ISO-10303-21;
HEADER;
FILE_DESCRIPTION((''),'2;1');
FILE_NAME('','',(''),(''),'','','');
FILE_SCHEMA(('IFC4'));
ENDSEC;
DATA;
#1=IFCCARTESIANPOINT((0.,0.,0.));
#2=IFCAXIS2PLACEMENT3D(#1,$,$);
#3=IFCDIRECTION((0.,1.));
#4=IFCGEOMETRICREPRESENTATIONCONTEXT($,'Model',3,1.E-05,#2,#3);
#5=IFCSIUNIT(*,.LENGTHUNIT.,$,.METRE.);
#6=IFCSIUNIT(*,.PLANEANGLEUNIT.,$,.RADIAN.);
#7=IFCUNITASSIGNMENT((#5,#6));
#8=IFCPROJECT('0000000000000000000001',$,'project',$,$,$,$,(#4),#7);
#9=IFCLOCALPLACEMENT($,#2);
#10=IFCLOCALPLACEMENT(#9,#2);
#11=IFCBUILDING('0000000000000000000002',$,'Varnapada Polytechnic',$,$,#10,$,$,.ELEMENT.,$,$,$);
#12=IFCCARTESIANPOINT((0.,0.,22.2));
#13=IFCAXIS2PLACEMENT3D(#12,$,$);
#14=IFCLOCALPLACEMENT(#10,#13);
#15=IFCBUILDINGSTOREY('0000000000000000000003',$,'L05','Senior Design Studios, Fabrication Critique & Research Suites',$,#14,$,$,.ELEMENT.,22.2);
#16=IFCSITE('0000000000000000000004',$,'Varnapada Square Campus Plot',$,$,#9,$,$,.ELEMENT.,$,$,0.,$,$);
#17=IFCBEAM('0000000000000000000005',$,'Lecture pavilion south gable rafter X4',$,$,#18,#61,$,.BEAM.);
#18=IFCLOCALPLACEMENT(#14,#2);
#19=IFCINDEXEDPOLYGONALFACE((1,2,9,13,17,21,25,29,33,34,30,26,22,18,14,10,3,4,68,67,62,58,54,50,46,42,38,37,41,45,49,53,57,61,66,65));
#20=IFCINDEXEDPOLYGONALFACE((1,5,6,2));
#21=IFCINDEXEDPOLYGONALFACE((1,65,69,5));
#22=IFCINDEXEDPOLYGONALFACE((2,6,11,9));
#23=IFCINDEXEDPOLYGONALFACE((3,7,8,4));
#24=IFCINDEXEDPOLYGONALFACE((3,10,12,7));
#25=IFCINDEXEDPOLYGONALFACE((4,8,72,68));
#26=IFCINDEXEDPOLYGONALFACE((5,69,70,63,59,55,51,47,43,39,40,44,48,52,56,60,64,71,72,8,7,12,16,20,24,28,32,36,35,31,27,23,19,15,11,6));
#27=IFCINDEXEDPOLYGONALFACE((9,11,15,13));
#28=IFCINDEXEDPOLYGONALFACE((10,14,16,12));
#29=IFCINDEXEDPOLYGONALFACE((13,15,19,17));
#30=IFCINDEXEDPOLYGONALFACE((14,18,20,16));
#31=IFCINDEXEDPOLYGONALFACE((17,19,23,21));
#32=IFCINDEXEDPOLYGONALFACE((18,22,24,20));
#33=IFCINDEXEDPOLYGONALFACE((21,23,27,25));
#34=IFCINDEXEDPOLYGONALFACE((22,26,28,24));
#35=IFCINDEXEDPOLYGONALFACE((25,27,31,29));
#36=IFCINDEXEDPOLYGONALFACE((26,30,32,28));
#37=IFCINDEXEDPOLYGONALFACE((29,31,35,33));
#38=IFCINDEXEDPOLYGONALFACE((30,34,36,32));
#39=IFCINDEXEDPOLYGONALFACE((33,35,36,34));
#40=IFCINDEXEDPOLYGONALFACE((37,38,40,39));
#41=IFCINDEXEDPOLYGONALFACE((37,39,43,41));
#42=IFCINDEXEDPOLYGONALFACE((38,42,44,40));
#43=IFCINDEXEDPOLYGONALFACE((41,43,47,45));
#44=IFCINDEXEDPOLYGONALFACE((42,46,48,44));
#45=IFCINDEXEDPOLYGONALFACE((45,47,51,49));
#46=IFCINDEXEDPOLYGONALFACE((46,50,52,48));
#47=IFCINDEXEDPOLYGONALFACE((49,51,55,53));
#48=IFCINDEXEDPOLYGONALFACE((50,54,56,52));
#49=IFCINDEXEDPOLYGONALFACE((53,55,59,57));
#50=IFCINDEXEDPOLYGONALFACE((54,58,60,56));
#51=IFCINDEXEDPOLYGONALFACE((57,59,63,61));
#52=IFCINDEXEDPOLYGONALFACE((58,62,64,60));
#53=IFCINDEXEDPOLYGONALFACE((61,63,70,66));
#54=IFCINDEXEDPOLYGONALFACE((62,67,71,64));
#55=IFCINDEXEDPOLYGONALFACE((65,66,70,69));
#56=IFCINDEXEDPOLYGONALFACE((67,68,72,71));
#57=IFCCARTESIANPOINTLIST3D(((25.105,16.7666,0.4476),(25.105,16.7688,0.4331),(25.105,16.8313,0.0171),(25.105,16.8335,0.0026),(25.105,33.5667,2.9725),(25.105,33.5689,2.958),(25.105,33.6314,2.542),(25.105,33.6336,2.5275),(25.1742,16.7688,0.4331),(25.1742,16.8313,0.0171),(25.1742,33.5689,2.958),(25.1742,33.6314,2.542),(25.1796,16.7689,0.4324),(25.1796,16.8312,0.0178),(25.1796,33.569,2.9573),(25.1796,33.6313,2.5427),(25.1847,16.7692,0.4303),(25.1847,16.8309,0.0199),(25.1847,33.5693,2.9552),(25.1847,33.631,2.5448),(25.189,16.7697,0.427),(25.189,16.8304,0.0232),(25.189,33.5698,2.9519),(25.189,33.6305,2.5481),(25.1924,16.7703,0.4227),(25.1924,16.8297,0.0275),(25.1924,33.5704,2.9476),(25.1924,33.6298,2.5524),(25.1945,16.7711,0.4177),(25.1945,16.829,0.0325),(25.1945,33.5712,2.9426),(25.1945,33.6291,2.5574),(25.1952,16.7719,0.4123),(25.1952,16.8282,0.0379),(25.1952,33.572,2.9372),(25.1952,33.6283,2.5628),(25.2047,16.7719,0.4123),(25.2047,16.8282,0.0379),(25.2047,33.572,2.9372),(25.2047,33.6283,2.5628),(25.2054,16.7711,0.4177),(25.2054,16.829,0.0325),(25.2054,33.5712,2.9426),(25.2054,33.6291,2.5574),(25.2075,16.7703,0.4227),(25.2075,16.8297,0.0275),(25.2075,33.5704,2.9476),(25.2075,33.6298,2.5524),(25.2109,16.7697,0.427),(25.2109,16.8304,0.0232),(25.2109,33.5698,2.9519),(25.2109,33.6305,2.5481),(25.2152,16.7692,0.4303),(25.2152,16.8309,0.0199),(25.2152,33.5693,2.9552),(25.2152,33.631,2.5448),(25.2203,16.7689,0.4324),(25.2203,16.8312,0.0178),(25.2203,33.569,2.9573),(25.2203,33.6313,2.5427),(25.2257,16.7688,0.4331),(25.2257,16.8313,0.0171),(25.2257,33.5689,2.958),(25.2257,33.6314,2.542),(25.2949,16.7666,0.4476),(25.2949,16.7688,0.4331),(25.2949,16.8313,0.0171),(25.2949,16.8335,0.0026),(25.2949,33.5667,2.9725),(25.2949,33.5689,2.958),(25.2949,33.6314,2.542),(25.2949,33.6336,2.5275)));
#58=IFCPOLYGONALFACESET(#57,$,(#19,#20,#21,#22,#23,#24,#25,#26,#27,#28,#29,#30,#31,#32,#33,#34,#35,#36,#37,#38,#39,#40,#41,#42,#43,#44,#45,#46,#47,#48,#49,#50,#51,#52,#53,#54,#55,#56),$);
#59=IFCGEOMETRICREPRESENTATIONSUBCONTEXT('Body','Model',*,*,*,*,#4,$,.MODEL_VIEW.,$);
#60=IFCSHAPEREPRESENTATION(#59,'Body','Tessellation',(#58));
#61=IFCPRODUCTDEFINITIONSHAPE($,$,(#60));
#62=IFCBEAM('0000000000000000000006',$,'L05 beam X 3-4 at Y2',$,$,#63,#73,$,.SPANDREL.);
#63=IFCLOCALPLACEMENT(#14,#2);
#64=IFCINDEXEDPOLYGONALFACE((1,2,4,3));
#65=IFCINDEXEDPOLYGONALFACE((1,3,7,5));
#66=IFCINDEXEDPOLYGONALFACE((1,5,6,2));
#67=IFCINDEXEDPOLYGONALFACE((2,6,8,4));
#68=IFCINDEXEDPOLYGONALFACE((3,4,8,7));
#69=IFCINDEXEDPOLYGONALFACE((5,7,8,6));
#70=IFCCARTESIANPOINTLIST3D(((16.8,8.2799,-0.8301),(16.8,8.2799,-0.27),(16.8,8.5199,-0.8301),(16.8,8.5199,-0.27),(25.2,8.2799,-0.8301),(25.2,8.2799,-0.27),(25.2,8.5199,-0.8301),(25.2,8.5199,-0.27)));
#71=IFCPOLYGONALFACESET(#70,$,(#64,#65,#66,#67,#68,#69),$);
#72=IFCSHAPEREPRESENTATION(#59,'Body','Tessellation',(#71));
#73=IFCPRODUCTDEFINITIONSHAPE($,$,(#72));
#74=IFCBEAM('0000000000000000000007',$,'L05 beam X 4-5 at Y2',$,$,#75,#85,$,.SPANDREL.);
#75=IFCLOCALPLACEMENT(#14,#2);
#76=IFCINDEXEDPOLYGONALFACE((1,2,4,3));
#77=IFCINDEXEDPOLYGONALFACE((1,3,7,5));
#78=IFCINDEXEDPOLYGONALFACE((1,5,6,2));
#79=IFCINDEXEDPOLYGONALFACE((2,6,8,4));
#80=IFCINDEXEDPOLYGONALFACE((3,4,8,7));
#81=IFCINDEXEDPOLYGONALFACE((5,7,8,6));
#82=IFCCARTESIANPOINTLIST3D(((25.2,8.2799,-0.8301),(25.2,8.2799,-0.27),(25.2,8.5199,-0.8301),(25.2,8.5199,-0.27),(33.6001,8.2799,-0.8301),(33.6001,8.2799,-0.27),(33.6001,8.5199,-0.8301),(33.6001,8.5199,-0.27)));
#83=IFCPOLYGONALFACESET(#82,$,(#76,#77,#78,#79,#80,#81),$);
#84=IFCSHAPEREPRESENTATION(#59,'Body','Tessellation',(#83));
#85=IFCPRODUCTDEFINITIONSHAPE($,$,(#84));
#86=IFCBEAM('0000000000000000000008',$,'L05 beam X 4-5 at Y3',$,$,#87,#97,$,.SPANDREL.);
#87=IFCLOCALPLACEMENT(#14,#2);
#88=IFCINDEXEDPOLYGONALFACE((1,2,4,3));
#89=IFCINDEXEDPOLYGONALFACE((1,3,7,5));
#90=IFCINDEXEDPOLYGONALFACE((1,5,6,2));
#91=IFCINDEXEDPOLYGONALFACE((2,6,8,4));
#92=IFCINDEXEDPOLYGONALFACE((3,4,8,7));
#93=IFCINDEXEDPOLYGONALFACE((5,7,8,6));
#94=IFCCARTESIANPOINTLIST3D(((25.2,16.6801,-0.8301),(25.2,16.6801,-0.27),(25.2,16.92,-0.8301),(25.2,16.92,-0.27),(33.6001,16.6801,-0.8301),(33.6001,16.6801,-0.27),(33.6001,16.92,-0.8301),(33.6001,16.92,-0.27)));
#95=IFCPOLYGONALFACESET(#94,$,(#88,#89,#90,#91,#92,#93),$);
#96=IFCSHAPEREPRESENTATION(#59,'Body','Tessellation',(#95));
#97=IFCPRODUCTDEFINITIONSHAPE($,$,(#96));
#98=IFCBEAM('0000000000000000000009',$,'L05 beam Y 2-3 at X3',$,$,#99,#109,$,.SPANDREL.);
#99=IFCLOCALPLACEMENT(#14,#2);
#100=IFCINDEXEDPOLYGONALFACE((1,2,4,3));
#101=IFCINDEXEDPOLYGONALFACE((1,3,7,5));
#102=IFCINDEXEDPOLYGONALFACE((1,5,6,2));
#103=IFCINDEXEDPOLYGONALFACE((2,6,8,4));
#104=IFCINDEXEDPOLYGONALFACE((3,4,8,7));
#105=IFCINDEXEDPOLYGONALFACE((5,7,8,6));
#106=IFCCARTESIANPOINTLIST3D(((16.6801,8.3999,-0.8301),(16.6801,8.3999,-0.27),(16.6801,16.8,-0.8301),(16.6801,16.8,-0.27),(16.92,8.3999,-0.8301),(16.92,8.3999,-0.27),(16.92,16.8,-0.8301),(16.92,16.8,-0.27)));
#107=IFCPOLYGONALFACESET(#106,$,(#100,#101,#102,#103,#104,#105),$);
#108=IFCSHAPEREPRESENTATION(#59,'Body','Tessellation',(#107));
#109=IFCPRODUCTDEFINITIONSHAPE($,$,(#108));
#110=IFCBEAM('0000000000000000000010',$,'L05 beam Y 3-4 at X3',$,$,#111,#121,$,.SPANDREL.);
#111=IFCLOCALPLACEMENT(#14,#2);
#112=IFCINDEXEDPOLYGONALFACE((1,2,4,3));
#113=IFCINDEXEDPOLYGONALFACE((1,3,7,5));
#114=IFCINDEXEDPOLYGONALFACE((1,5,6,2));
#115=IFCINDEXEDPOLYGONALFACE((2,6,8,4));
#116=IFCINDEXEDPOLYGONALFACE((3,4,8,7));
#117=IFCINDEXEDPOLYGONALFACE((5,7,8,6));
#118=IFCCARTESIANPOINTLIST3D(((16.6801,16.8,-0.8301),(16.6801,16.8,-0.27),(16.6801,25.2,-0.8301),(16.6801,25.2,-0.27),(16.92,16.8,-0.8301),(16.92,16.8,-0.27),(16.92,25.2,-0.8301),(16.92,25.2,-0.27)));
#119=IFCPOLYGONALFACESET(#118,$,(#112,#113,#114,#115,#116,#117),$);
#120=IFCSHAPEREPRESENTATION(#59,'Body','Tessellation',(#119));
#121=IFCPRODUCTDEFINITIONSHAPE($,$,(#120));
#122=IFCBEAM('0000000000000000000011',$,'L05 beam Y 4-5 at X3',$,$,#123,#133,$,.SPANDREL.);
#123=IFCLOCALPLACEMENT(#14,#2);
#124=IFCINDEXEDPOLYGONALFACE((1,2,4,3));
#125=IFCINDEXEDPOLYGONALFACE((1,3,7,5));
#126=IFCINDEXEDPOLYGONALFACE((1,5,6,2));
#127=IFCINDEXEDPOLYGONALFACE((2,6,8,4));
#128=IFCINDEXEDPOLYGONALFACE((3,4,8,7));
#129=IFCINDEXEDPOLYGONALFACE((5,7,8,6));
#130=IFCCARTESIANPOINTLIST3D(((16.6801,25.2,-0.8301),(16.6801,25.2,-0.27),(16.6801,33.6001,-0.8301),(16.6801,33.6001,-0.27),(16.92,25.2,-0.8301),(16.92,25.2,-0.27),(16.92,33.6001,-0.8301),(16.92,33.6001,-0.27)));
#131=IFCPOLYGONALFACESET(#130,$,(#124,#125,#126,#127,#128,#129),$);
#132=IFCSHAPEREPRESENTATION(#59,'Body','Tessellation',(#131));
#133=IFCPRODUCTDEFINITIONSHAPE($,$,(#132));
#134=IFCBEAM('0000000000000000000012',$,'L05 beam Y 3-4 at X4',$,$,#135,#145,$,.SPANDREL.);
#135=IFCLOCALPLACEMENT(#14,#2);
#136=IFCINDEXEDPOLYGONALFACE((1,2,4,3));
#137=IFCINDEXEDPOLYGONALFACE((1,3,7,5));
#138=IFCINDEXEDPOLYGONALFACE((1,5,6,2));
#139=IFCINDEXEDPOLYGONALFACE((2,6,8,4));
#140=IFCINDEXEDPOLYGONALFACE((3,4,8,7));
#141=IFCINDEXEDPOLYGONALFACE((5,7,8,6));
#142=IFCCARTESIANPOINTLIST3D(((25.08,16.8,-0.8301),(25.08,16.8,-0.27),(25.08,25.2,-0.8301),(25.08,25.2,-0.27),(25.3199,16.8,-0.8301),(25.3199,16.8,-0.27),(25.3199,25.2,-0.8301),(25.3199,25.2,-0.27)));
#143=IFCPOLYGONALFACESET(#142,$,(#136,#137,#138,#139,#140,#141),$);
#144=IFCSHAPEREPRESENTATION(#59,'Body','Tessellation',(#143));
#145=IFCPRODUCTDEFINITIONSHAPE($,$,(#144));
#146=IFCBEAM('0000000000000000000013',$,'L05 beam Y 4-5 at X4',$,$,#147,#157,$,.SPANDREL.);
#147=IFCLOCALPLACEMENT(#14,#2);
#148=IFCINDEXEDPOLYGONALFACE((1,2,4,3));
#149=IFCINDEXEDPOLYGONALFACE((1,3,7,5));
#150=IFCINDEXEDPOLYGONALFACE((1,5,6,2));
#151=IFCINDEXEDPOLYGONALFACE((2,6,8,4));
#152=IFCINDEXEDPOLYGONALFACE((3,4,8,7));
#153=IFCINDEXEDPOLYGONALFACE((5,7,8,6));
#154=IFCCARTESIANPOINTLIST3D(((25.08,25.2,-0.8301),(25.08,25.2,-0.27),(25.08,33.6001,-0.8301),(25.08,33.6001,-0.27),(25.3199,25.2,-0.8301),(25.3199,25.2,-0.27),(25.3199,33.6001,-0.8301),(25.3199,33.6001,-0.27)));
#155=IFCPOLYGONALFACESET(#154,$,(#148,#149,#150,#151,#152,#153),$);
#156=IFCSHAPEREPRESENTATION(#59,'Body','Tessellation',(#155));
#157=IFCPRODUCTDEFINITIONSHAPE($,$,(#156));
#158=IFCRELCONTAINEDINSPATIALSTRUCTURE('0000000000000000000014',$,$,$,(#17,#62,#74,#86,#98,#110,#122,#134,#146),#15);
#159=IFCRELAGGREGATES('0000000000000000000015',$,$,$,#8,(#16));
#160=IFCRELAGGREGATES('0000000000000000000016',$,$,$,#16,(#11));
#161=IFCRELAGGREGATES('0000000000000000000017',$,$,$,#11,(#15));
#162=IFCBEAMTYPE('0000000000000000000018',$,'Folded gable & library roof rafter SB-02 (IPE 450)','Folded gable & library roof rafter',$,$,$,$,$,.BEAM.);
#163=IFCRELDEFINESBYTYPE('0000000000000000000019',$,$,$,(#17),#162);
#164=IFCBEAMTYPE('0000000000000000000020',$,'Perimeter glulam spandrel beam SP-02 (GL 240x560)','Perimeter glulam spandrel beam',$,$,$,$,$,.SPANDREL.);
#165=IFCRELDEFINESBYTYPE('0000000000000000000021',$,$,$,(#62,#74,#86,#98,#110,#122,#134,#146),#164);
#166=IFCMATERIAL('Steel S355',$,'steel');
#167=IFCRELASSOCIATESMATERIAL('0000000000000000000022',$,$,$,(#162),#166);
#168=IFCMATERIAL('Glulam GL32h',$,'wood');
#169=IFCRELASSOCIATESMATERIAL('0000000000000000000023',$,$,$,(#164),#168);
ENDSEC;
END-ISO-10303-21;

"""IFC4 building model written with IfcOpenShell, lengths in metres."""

from ifc_helpers import new_model, si_unit, direction, frame, origin, origin_2d, place, context, subcontext, project, spatial, rectangle, i_section, extrude, material, material_profile, profile_set, type_object, element, save


model = new_model("IFC4")

# Units and contexts
model_context = context("Model", 3, precision=1e-05, world=origin(), true_north=direction((0.0, 1.0)))
body_context = subcontext(model_context, "Body", "Model", "MODEL_VIEW")
ifc_project = project(units=[si_unit("LENGTHUNIT", "METRE"), si_unit("PLANEANGLEUNIT", "RADIAN")], contexts=[model_context])

# Site, building, storey
site_placement = place(None, origin())
site = spatial("IfcSite", under=ifc_project, at=site_placement, Name="Varnapada Square Campus Plot", CompositionType="ELEMENT", RefElevation=0.0)
building_placement = place(site_placement, origin())
building = spatial("IfcBuilding", under=site, at=building_placement, Name="Varnapada Polytechnic", CompositionType="ELEMENT")
storey_placement = place(building_placement, frame((0.0, 0.0, 22.2)))
storey = spatial("IfcBuildingStorey", under=building, at=storey_placement, Name="L05", Description="Senior Design Studios, Fabrication Critique & Research Suites", CompositionType="ELEMENT", Elevation=22.2)

# Beams
ifc_material_1 = material(Name="Steel S355", Category="steel")
ifc_material_profile_1 = material_profile(ifc_material_1, i_section(OverallWidth=0.1899, OverallDepth=0.45, WebThickness=0.0095, FlangeThickness=0.0146, FilletRadius=0.021, at=origin_2d()), Name="IPE 450")
ifc_profile_set_1 = profile_set([ifc_material_profile_1], Name="Steel S355")
beam_type_1 = type_object("IfcBeamType", Name="Folded gable & library roof rafter SB-02 (IPE 450)", Description="Folded gable & library roof rafter", PredefinedType="BEAM", material=ifc_profile_set_1)
beam_1_placement = place(storey_placement, frame((25.2, 16.8, 0.2251), z_axis=(0.0, 0.988894, 0.148622), x_axis=(-1.0, 0.0, 0.0)))
element("IfcBeam", 1, at=beam_1_placement, inside=storey, type_object=beam_type_1, Name="Lecture pavilion south gable rafter X4", PredefinedType="BEAM", context=body_context, shape_type="SweptSolid", body=[
    extrude(i_section(OverallWidth=0.1899, OverallDepth=0.45, WebThickness=0.0095, FlangeThickness=0.0146, FilletRadius=0.021, at=origin_2d()), origin(), (0.0, 0.0, 1.0), 16.9888),
])
ifc_material_2 = material(Name="Glulam GL32h", Category="wood")
ifc_material_profile_2 = material_profile(ifc_material_2, rectangle(XDim=0.24, YDim=0.5601, at=origin_2d()), Name="GL 240x560")
ifc_profile_set_2 = profile_set([ifc_material_profile_2], Name="Glulam GL32h")
beam_type_2 = type_object("IfcBeamType", Name="Perimeter glulam spandrel beam SP-02 (GL 240x560)", Description="Perimeter glulam spandrel beam", PredefinedType="SPANDREL", material=ifc_profile_set_2)
beam_2_placement = place(storey_placement, frame((16.8, 8.3999, -0.55), z_axis=(1.0, 0.0, 0.0), x_axis=(0.0, 1.0, 0.0)))
element("IfcBeam", 2, at=beam_2_placement, inside=storey, type_object=beam_type_2, Name="L05 beam X 3-4 at Y2", PredefinedType="SPANDREL", context=body_context, shape_type="SweptSolid", body=[
    extrude(rectangle(XDim=0.24, YDim=0.5601, at=origin_2d()), origin(), (0.0, 0.0, 1.0), 8.3999),
])
for number, where, z_axis, x_axis, name in (
    (3, (25.2, 8.3999, -0.55), (1.0, 0.0, 0.0), (0.0, 1.0, 0.0), "L05 beam X 4-5 at Y2"),
    (4, (25.2, 16.8, -0.55), (1.0, 0.0, 0.0), (0.0, 1.0, 0.0), "L05 beam X 4-5 at Y3"),
    (5, (16.8, 8.3999, -0.55), (0.0, 1.0, 0.0), (-1.0, 0.0, 0.0), "L05 beam Y 2-3 at X3"),
):
    element("IfcBeam", number, at=place(storey_placement, frame(where, z_axis=z_axis, x_axis=x_axis)), inside=storey, type_object=beam_type_2, Name=name, PredefinedType="SPANDREL", context=body_context, shape_type="SweptSolid", body=[
        extrude(rectangle(XDim=0.24, YDim=0.5601, at=origin_2d()), origin(), (0.0, 0.0, 1.0), 8.4001),
    ])
beam_3_placement = place(storey_placement, frame((16.8, 16.8, -0.55), z_axis=(0.0, 1.0, 0.0), x_axis=(-1.0, 0.0, 0.0)))
element("IfcBeam", 6, at=beam_3_placement, inside=storey, type_object=beam_type_2, Name="L05 beam Y 3-4 at X3", PredefinedType="SPANDREL", context=body_context, shape_type="SweptSolid", body=[
    extrude(rectangle(XDim=0.24, YDim=0.5601, at=origin_2d()), origin(), (0.0, 0.0, 1.0), 8.3999),
])
beam_4_placement = place(storey_placement, frame((16.8, 25.2, -0.55), z_axis=(0.0, 1.0, 0.0), x_axis=(-1.0, 0.0, 0.0)))
element("IfcBeam", 7, at=beam_4_placement, inside=storey, type_object=beam_type_2, Name="L05 beam Y 4-5 at X3", PredefinedType="SPANDREL", context=body_context, shape_type="SweptSolid", body=[
    extrude(rectangle(XDim=0.24, YDim=0.5601, at=origin_2d()), origin(), (0.0, 0.0, 1.0), 8.4001),
])
beam_5_placement = place(storey_placement, frame((25.2, 16.8, -0.55), z_axis=(0.0, 1.0, 0.0), x_axis=(-1.0, 0.0, 0.0)))
element("IfcBeam", 8, at=beam_5_placement, inside=storey, type_object=beam_type_2, Name="L05 beam Y 3-4 at X4", PredefinedType="SPANDREL", context=body_context, shape_type="SweptSolid", body=[
    extrude(rectangle(XDim=0.24, YDim=0.5601, at=origin_2d()), origin(), (0.0, 0.0, 1.0), 8.3999),
])
beam_6_placement = place(storey_placement, frame((25.2, 25.2, -0.55), z_axis=(0.0, 1.0, 0.0), x_axis=(-1.0, 0.0, 0.0)))
element("IfcBeam", 9, at=beam_6_placement, inside=storey, type_object=beam_type_2, Name="L05 beam Y 4-5 at X4", PredefinedType="SPANDREL", context=body_context, shape_type="SweptSolid", body=[
    extrude(rectangle(XDim=0.24, YDim=0.5601, at=origin_2d()), origin(), (0.0, 0.0, 1.0), 8.4001),
])

save(model, "model.ifc")
